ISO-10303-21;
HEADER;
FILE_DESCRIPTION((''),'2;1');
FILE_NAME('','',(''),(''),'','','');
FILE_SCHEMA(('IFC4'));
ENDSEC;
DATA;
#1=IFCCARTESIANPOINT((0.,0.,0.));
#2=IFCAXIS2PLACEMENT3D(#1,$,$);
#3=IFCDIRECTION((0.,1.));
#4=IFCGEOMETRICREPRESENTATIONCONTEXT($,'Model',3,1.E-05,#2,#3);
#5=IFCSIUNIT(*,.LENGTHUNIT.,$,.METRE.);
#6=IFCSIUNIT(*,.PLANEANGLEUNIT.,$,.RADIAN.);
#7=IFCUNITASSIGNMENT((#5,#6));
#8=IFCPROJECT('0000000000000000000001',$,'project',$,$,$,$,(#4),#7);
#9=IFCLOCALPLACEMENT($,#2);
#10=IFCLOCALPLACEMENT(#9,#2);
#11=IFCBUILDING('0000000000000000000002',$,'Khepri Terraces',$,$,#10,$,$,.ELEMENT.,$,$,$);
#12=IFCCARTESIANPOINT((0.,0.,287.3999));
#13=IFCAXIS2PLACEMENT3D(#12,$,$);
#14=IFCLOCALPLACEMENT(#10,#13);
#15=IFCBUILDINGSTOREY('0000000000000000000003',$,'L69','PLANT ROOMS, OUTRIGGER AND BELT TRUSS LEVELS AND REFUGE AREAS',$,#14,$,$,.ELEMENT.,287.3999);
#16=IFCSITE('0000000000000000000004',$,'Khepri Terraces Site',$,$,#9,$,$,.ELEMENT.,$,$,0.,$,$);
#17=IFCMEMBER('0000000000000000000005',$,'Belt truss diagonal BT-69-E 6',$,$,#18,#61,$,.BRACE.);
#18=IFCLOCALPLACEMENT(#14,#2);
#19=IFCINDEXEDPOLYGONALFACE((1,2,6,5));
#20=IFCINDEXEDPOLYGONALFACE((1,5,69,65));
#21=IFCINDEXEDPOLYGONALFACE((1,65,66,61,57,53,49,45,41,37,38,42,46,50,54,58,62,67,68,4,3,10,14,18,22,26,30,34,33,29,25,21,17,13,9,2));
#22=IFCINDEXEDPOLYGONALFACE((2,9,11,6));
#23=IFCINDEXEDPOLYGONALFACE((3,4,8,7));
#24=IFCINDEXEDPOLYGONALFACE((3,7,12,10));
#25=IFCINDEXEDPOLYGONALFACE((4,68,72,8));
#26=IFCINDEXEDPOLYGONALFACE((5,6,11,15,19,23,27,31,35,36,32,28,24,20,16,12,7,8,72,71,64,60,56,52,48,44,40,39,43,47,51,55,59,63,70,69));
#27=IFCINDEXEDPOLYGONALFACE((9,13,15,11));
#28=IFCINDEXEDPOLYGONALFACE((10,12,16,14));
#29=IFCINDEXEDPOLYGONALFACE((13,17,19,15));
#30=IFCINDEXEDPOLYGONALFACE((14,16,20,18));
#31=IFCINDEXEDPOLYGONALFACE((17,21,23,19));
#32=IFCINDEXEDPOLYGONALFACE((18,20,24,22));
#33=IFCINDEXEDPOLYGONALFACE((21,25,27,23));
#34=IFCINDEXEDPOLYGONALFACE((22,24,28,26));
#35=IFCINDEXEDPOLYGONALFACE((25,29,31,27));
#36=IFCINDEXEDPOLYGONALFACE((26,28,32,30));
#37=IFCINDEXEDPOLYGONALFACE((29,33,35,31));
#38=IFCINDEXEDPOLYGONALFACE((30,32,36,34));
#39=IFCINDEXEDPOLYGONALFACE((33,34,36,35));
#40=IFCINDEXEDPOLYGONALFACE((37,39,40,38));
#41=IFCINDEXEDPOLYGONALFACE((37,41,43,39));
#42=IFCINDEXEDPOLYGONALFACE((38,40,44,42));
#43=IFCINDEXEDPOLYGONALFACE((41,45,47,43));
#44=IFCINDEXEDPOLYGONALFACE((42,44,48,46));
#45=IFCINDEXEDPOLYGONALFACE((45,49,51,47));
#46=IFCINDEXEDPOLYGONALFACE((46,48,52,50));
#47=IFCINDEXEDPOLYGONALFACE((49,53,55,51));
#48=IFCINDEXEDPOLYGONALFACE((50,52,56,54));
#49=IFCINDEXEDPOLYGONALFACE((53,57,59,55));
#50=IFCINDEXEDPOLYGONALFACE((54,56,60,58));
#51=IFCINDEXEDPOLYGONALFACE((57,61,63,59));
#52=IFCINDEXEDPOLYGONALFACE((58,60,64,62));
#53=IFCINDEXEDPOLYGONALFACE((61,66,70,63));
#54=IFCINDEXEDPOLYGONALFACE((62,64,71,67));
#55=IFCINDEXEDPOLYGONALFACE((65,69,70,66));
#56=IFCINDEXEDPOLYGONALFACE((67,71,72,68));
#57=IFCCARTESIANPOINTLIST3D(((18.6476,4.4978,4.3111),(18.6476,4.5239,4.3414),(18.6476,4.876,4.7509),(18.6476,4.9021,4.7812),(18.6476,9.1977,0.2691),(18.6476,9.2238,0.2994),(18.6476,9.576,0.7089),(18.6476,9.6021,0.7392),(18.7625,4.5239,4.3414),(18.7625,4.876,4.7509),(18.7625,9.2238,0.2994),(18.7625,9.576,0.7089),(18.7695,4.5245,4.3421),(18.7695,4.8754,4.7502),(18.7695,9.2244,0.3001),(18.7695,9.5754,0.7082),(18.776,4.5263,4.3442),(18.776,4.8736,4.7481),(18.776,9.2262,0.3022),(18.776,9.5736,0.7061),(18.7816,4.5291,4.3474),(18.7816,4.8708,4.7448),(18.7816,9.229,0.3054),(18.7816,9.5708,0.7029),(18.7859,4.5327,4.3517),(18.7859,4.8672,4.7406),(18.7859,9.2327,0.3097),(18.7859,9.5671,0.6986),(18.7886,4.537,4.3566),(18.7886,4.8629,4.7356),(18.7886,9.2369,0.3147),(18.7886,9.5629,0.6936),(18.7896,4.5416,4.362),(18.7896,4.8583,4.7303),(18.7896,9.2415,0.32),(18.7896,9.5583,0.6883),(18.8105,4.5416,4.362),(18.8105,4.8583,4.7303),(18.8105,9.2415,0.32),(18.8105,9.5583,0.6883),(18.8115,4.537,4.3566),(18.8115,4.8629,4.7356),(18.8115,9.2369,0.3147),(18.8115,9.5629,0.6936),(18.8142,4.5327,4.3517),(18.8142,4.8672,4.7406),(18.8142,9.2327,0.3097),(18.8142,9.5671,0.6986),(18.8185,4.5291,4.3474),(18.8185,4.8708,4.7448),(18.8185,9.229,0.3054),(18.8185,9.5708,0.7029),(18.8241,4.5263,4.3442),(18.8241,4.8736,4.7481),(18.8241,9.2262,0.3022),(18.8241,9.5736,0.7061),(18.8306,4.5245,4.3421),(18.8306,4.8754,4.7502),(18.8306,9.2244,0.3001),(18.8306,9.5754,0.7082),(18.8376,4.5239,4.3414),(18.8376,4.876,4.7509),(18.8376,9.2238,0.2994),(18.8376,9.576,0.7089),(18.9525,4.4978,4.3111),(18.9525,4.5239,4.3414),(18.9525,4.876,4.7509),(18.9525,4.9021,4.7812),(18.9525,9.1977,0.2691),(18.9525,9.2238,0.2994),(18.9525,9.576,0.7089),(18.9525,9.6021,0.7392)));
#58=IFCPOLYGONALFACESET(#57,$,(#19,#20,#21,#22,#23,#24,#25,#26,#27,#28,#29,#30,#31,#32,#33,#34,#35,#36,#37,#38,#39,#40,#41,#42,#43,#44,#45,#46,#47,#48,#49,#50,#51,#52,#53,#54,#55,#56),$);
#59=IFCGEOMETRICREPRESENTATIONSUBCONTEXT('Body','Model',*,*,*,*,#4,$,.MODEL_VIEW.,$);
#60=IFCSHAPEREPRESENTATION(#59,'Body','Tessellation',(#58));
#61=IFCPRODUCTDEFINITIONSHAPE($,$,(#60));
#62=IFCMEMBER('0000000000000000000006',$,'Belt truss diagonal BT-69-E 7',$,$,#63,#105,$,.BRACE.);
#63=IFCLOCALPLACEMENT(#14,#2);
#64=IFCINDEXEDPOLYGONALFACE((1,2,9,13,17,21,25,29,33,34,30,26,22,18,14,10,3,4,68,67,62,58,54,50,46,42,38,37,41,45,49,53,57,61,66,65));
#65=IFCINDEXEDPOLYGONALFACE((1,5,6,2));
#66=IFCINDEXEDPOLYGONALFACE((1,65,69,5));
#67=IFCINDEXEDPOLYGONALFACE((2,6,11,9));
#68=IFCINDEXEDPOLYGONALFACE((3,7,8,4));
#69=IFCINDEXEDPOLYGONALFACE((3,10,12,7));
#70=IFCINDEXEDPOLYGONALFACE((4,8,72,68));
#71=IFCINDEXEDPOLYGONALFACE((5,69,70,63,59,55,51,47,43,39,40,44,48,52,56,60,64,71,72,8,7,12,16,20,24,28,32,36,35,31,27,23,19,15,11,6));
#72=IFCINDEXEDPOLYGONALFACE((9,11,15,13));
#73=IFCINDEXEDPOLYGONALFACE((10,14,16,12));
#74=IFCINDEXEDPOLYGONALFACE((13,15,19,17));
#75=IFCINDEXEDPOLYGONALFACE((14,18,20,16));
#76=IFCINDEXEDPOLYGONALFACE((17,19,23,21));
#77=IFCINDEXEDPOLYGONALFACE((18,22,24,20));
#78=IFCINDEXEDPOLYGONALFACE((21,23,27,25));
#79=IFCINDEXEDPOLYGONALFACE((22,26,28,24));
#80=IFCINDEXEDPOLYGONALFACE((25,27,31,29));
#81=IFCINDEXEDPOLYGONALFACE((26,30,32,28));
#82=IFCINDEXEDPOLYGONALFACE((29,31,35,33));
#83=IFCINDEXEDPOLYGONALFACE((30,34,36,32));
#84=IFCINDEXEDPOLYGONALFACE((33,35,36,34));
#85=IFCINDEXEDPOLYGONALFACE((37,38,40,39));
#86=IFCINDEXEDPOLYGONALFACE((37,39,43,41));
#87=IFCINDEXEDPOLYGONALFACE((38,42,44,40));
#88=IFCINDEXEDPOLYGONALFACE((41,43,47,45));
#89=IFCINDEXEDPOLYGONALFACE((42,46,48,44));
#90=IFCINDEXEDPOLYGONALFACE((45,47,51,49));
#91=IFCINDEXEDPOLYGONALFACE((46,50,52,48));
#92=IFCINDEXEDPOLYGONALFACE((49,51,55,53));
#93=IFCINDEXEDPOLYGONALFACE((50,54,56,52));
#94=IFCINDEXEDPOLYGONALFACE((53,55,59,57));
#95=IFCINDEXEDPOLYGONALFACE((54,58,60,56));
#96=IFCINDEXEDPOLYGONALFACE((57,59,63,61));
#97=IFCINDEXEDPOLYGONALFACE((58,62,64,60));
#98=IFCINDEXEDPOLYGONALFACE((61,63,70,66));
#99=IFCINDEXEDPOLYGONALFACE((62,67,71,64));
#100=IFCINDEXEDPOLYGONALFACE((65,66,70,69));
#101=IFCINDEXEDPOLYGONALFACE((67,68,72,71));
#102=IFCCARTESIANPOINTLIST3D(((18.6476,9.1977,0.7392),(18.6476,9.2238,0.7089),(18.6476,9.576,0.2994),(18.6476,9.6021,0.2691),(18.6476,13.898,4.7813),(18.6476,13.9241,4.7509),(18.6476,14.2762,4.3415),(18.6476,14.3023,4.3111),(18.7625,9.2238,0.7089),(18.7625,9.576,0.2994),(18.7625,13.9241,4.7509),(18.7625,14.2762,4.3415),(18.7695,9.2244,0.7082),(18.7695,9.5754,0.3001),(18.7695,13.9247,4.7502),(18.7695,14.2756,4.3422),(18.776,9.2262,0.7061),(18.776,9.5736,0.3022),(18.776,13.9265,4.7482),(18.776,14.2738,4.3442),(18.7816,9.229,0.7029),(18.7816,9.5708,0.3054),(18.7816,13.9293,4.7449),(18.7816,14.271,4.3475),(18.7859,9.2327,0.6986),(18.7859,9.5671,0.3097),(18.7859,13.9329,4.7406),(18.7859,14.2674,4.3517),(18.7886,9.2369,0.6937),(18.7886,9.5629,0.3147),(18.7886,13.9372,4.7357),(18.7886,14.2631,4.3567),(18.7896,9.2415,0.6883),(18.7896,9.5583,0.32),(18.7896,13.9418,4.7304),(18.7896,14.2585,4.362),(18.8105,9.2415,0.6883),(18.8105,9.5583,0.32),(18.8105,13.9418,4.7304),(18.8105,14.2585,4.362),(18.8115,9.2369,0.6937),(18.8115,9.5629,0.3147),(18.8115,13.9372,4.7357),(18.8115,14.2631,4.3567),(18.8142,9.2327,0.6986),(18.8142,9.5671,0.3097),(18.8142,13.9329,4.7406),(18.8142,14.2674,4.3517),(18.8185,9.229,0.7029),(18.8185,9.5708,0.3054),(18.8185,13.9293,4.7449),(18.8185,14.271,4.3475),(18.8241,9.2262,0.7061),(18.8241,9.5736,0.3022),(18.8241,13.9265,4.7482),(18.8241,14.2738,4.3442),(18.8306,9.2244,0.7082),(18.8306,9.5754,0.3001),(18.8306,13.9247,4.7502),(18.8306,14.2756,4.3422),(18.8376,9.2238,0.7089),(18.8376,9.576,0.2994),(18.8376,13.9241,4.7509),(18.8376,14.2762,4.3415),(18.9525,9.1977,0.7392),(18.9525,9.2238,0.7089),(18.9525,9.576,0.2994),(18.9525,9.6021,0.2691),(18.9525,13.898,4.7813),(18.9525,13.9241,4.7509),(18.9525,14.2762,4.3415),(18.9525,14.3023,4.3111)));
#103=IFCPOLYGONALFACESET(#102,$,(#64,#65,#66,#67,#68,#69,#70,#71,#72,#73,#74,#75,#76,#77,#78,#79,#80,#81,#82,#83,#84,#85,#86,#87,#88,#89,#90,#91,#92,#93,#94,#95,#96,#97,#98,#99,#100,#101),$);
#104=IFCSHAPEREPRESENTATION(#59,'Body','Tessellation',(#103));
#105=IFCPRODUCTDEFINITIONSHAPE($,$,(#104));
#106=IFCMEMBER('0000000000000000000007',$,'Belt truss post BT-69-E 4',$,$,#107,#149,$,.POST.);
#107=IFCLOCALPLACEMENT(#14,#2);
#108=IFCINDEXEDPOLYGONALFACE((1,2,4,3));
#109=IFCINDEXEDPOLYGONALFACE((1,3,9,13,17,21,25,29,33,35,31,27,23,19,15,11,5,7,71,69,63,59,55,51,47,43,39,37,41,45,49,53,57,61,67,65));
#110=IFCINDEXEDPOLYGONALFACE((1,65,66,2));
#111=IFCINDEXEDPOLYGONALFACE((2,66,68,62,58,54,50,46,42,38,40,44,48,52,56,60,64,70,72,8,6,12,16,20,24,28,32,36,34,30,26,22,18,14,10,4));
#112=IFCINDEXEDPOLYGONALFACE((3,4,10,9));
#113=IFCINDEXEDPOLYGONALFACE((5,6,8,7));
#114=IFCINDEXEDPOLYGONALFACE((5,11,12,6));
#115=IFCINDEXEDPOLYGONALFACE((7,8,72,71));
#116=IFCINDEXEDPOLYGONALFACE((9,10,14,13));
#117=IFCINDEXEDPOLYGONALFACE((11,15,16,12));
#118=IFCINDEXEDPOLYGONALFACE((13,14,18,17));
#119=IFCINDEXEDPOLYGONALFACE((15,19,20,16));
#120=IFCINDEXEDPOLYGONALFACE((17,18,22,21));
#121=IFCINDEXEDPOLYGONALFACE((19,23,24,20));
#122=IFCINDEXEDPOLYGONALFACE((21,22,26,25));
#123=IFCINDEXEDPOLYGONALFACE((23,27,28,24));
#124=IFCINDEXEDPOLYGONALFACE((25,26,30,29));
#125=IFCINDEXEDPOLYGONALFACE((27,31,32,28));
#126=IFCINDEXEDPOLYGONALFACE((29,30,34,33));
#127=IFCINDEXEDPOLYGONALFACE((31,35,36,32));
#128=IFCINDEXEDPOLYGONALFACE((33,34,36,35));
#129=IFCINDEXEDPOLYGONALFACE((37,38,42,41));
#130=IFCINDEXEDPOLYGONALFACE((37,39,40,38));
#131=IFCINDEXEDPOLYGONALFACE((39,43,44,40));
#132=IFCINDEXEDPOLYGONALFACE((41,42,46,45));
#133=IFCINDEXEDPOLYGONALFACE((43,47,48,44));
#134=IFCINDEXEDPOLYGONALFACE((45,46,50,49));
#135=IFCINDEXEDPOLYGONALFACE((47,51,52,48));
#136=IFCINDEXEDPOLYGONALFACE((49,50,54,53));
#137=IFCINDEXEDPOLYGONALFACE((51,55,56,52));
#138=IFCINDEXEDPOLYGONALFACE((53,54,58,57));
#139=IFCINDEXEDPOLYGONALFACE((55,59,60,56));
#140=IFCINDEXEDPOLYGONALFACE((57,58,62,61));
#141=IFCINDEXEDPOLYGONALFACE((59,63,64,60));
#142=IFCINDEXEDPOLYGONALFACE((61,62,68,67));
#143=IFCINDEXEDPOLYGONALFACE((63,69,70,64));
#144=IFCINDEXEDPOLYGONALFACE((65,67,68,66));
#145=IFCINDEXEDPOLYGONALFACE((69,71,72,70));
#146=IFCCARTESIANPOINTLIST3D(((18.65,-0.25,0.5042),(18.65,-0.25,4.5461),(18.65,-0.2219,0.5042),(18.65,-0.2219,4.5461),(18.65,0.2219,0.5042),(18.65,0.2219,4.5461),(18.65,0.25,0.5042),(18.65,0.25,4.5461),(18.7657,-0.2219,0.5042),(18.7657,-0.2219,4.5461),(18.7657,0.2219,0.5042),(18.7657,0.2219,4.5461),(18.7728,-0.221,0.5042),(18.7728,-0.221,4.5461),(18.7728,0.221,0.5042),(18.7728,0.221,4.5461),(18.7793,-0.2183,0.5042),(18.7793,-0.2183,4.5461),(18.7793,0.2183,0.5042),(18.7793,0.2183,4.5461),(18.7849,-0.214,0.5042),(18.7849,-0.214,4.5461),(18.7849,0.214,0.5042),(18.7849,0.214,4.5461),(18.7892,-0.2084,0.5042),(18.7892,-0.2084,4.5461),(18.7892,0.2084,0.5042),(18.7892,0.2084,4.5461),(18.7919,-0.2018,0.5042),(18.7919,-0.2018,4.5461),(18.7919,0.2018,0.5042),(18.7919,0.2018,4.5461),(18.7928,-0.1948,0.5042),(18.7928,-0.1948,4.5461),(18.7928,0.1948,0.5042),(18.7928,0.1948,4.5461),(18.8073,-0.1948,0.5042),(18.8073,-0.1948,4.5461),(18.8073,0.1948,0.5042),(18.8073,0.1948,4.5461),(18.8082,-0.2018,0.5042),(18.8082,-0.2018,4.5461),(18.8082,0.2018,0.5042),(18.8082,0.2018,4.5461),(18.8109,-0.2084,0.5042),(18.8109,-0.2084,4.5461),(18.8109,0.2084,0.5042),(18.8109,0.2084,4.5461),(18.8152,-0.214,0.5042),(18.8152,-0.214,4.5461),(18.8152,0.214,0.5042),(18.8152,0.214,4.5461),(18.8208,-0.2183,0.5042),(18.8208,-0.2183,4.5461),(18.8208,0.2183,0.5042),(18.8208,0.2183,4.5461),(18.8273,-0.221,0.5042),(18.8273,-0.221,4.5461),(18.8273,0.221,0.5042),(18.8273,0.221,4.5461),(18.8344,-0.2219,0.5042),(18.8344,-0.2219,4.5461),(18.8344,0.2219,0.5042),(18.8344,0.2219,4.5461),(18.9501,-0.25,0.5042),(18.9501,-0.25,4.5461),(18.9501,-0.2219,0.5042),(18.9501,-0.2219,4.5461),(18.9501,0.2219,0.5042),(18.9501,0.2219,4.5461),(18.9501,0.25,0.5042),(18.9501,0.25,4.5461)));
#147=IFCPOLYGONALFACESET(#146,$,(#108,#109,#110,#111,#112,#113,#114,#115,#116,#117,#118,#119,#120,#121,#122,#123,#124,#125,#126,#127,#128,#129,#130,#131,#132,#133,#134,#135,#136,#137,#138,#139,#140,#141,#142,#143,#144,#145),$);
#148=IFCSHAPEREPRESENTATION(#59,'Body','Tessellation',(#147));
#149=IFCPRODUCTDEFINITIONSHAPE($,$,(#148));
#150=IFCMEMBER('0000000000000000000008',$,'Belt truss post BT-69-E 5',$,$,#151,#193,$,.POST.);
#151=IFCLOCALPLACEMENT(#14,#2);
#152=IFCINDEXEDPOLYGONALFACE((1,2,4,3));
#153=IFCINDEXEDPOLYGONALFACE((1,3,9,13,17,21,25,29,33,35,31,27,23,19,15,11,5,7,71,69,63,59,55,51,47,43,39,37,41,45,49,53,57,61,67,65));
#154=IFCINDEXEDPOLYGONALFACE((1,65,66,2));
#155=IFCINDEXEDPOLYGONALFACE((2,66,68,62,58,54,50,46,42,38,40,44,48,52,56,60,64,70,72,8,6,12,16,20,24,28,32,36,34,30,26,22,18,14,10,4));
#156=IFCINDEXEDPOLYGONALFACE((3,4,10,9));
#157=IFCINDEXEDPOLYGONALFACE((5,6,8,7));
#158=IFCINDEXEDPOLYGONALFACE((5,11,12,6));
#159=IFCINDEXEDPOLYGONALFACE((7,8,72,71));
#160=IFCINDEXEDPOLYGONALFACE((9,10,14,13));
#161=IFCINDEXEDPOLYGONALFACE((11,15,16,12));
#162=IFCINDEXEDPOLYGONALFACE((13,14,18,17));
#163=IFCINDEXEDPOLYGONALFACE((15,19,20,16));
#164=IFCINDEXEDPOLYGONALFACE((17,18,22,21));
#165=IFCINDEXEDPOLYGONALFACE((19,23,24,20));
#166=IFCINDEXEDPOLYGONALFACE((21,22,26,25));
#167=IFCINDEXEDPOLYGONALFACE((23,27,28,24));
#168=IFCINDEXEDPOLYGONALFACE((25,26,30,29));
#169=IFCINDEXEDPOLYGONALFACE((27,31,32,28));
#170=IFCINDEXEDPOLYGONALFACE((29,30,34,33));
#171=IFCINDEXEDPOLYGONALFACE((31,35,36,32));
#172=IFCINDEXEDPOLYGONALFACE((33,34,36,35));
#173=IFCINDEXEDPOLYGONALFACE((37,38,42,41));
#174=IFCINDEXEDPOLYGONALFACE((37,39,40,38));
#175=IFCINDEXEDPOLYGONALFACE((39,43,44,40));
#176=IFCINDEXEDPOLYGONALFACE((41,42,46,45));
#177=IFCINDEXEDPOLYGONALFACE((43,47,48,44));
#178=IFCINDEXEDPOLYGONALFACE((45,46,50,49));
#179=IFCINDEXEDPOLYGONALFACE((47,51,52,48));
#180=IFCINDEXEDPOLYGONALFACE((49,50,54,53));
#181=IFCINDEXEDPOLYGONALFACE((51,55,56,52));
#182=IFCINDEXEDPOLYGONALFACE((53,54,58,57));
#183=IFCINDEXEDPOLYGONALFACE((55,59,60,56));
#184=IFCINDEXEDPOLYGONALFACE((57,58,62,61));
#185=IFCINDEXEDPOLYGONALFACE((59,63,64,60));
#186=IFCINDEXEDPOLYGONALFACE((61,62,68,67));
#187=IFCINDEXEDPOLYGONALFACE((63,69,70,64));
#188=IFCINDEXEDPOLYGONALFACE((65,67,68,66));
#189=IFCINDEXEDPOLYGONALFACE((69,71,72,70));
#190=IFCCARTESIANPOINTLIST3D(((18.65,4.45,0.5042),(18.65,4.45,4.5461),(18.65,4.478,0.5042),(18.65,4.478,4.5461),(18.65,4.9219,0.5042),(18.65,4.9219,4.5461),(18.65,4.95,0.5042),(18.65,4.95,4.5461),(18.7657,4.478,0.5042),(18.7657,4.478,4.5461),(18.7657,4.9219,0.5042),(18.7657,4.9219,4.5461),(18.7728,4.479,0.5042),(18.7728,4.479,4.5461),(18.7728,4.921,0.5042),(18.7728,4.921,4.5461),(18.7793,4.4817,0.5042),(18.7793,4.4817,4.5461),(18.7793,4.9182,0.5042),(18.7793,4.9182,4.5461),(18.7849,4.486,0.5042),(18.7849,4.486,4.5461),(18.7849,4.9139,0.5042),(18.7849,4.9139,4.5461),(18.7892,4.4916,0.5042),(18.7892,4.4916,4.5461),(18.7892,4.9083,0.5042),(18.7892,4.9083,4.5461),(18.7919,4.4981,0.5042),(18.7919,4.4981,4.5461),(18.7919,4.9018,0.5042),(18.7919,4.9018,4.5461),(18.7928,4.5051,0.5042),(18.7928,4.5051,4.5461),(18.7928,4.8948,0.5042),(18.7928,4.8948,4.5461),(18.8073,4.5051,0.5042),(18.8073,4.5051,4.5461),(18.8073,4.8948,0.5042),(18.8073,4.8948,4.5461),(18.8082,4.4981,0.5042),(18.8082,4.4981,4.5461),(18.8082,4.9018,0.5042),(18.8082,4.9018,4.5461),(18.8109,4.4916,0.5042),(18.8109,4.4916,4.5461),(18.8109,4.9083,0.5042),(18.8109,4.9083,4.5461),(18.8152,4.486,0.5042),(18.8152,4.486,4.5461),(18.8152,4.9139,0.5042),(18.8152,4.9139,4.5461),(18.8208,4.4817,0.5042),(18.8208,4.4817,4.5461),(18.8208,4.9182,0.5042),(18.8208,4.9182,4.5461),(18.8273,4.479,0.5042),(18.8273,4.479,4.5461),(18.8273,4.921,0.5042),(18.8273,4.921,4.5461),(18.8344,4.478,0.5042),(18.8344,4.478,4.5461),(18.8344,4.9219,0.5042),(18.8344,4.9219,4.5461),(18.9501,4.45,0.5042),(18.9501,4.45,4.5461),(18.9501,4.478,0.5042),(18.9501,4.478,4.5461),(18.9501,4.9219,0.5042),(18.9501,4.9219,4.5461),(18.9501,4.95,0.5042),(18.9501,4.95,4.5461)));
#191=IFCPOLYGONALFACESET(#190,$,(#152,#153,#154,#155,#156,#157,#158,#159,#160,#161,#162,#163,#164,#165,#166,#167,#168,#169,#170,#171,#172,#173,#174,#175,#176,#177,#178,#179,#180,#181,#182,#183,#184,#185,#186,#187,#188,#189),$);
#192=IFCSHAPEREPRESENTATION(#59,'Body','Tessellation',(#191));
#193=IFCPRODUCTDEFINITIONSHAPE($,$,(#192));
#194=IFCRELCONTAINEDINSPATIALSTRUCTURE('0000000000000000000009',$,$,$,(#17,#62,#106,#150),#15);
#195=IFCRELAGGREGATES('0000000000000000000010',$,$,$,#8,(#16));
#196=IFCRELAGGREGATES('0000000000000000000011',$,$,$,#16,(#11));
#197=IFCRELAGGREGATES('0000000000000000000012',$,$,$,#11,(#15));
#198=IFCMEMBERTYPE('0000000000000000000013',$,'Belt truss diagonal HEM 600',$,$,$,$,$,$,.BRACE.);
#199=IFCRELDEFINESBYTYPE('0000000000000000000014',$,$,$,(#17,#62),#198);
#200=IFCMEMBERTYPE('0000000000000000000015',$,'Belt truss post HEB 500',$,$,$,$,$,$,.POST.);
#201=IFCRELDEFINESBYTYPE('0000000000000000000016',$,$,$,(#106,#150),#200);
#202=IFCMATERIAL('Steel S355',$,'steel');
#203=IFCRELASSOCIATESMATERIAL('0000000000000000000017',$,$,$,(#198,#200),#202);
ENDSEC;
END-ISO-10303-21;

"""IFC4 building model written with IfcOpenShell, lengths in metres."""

from ifc_helpers import new_model, si_unit, direction, frame, origin, origin_2d, place, context, subcontext, project, spatial, i_section, extrude, material, material_profile, profile_set, type_object, element, save


model = new_model("IFC4")

# Units and contexts
model_context = context("Model", 3, precision=1e-05, world=origin(), true_north=direction((0.0, 1.0)))
body_context = subcontext(model_context, "Body", "Model", "MODEL_VIEW")
ifc_project = project(units=[si_unit("LENGTHUNIT", "METRE"), si_unit("PLANEANGLEUNIT", "RADIAN")], contexts=[model_context])

# Site, building, storey
site_placement = place(None, origin())
site = spatial("IfcSite", under=ifc_project, at=site_placement, Name="Khepri Terraces Site", CompositionType="ELEMENT", RefElevation=0.0)
building_placement = place(site_placement, origin())
building = spatial("IfcBuilding", under=site, at=building_placement, Name="Khepri Terraces", CompositionType="ELEMENT")
storey_placement = place(building_placement, frame((0.0, 0.0, 287.3999)))
storey = spatial("IfcBuildingStorey", under=building, at=storey_placement, Name="L69", Description="PLANT ROOMS, OUTRIGGER AND BELT TRUSS LEVELS AND REFUGE AREAS", CompositionType="ELEMENT", Elevation=287.3999)

# Members
ifc_material_1 = material(Name="Steel S355", Category="steel")
ifc_material_profile_1 = material_profile(ifc_material_1, i_section(OverallWidth=0.3049, OverallDepth=0.6201, WebThickness=0.021, FlangeThickness=0.04, FilletRadius=0.0271, at=origin_2d()), Name="Steel S355", Category="steel")
ifc_profile_set_1 = profile_set([ifc_material_profile_1], Name="Steel S355")
member_type_1 = type_object("IfcMemberType", Name="Belt truss diagonal HEM 600", PredefinedType="BRACE", material=ifc_profile_set_1)
for number, where, z_axis, x_axis, name in (
    (1, (18.8, 4.7, 4.5461), (0.0, 0.758182, -0.652042), (-1.0, 0.0, 0.0), "Belt truss diagonal BT-69-E 6"),
):
    element("IfcMember", number, at=place(storey_placement, frame(where, z_axis=z_axis, x_axis=x_axis)), inside=storey, type_object=member_type_1, Name=name, PredefinedType="BRACE", context=body_context, shape_type="SweptSolid", body=[
        extrude(i_section(OverallWidth=0.3049, OverallDepth=0.6201, WebThickness=0.021, FlangeThickness=0.04, FilletRadius=0.0271, at=origin_2d()), origin(), (0.0, 0.0, 1.0), 6.199),
    ])
member_placement = place(storey_placement, frame((18.8, 9.3999, 0.5042), z_axis=(0.0, 0.758199, 0.652023), x_axis=(-1.0, 0.0, 0.0)))
element("IfcMember", 2, at=member_placement, inside=storey, type_object=member_type_1, Name="Belt truss diagonal BT-69-E 7", PredefinedType="BRACE", context=body_context, shape_type="SweptSolid", body=[
    extrude(i_section(OverallWidth=0.3049, OverallDepth=0.6201, WebThickness=0.021, FlangeThickness=0.04, FilletRadius=0.0271, at=origin_2d()), origin(), (0.0, 0.0, 1.0), 6.1992),
])
ifc_material_profile_2 = material_profile(ifc_material_1, i_section(OverallWidth=0.3, OverallDepth=0.5, WebThickness=0.0144, FlangeThickness=0.0281, FilletRadius=0.0271, at=origin_2d()), Name="Steel S355", Category="steel")
ifc_profile_set_2 = profile_set([ifc_material_profile_2], Name="Steel S355")
member_type_2 = type_object("IfcMemberType", Name="Belt truss post HEB 500", PredefinedType="POST", material=ifc_profile_set_2)
for number, where, z_axis, x_axis, name in (
    (3, (18.8, 0.0, 0.5042), (0.0, 0.0, 1.0), (1.0, 0.0, 0.0), "Belt truss post BT-69-E 4"),
    (4, (18.8, 4.7, 0.5042), (0.0, 0.0, 1.0), (1.0, 0.0, 0.0), "Belt truss post BT-69-E 5"),
):
    element("IfcMember", number, at=place(storey_placement, frame(where, z_axis=z_axis, x_axis=x_axis)), inside=storey, type_object=member_type_2, Name=name, PredefinedType="POST", context=body_context, shape_type="SweptSolid", body=[
        extrude(i_section(OverallWidth=0.3, OverallDepth=0.5, WebThickness=0.0144, FlangeThickness=0.0281, FilletRadius=0.0271, at=origin_2d()), origin(), (0.0, 0.0, 1.0), 4.042),
    ])

save(model, "model.ifc")
